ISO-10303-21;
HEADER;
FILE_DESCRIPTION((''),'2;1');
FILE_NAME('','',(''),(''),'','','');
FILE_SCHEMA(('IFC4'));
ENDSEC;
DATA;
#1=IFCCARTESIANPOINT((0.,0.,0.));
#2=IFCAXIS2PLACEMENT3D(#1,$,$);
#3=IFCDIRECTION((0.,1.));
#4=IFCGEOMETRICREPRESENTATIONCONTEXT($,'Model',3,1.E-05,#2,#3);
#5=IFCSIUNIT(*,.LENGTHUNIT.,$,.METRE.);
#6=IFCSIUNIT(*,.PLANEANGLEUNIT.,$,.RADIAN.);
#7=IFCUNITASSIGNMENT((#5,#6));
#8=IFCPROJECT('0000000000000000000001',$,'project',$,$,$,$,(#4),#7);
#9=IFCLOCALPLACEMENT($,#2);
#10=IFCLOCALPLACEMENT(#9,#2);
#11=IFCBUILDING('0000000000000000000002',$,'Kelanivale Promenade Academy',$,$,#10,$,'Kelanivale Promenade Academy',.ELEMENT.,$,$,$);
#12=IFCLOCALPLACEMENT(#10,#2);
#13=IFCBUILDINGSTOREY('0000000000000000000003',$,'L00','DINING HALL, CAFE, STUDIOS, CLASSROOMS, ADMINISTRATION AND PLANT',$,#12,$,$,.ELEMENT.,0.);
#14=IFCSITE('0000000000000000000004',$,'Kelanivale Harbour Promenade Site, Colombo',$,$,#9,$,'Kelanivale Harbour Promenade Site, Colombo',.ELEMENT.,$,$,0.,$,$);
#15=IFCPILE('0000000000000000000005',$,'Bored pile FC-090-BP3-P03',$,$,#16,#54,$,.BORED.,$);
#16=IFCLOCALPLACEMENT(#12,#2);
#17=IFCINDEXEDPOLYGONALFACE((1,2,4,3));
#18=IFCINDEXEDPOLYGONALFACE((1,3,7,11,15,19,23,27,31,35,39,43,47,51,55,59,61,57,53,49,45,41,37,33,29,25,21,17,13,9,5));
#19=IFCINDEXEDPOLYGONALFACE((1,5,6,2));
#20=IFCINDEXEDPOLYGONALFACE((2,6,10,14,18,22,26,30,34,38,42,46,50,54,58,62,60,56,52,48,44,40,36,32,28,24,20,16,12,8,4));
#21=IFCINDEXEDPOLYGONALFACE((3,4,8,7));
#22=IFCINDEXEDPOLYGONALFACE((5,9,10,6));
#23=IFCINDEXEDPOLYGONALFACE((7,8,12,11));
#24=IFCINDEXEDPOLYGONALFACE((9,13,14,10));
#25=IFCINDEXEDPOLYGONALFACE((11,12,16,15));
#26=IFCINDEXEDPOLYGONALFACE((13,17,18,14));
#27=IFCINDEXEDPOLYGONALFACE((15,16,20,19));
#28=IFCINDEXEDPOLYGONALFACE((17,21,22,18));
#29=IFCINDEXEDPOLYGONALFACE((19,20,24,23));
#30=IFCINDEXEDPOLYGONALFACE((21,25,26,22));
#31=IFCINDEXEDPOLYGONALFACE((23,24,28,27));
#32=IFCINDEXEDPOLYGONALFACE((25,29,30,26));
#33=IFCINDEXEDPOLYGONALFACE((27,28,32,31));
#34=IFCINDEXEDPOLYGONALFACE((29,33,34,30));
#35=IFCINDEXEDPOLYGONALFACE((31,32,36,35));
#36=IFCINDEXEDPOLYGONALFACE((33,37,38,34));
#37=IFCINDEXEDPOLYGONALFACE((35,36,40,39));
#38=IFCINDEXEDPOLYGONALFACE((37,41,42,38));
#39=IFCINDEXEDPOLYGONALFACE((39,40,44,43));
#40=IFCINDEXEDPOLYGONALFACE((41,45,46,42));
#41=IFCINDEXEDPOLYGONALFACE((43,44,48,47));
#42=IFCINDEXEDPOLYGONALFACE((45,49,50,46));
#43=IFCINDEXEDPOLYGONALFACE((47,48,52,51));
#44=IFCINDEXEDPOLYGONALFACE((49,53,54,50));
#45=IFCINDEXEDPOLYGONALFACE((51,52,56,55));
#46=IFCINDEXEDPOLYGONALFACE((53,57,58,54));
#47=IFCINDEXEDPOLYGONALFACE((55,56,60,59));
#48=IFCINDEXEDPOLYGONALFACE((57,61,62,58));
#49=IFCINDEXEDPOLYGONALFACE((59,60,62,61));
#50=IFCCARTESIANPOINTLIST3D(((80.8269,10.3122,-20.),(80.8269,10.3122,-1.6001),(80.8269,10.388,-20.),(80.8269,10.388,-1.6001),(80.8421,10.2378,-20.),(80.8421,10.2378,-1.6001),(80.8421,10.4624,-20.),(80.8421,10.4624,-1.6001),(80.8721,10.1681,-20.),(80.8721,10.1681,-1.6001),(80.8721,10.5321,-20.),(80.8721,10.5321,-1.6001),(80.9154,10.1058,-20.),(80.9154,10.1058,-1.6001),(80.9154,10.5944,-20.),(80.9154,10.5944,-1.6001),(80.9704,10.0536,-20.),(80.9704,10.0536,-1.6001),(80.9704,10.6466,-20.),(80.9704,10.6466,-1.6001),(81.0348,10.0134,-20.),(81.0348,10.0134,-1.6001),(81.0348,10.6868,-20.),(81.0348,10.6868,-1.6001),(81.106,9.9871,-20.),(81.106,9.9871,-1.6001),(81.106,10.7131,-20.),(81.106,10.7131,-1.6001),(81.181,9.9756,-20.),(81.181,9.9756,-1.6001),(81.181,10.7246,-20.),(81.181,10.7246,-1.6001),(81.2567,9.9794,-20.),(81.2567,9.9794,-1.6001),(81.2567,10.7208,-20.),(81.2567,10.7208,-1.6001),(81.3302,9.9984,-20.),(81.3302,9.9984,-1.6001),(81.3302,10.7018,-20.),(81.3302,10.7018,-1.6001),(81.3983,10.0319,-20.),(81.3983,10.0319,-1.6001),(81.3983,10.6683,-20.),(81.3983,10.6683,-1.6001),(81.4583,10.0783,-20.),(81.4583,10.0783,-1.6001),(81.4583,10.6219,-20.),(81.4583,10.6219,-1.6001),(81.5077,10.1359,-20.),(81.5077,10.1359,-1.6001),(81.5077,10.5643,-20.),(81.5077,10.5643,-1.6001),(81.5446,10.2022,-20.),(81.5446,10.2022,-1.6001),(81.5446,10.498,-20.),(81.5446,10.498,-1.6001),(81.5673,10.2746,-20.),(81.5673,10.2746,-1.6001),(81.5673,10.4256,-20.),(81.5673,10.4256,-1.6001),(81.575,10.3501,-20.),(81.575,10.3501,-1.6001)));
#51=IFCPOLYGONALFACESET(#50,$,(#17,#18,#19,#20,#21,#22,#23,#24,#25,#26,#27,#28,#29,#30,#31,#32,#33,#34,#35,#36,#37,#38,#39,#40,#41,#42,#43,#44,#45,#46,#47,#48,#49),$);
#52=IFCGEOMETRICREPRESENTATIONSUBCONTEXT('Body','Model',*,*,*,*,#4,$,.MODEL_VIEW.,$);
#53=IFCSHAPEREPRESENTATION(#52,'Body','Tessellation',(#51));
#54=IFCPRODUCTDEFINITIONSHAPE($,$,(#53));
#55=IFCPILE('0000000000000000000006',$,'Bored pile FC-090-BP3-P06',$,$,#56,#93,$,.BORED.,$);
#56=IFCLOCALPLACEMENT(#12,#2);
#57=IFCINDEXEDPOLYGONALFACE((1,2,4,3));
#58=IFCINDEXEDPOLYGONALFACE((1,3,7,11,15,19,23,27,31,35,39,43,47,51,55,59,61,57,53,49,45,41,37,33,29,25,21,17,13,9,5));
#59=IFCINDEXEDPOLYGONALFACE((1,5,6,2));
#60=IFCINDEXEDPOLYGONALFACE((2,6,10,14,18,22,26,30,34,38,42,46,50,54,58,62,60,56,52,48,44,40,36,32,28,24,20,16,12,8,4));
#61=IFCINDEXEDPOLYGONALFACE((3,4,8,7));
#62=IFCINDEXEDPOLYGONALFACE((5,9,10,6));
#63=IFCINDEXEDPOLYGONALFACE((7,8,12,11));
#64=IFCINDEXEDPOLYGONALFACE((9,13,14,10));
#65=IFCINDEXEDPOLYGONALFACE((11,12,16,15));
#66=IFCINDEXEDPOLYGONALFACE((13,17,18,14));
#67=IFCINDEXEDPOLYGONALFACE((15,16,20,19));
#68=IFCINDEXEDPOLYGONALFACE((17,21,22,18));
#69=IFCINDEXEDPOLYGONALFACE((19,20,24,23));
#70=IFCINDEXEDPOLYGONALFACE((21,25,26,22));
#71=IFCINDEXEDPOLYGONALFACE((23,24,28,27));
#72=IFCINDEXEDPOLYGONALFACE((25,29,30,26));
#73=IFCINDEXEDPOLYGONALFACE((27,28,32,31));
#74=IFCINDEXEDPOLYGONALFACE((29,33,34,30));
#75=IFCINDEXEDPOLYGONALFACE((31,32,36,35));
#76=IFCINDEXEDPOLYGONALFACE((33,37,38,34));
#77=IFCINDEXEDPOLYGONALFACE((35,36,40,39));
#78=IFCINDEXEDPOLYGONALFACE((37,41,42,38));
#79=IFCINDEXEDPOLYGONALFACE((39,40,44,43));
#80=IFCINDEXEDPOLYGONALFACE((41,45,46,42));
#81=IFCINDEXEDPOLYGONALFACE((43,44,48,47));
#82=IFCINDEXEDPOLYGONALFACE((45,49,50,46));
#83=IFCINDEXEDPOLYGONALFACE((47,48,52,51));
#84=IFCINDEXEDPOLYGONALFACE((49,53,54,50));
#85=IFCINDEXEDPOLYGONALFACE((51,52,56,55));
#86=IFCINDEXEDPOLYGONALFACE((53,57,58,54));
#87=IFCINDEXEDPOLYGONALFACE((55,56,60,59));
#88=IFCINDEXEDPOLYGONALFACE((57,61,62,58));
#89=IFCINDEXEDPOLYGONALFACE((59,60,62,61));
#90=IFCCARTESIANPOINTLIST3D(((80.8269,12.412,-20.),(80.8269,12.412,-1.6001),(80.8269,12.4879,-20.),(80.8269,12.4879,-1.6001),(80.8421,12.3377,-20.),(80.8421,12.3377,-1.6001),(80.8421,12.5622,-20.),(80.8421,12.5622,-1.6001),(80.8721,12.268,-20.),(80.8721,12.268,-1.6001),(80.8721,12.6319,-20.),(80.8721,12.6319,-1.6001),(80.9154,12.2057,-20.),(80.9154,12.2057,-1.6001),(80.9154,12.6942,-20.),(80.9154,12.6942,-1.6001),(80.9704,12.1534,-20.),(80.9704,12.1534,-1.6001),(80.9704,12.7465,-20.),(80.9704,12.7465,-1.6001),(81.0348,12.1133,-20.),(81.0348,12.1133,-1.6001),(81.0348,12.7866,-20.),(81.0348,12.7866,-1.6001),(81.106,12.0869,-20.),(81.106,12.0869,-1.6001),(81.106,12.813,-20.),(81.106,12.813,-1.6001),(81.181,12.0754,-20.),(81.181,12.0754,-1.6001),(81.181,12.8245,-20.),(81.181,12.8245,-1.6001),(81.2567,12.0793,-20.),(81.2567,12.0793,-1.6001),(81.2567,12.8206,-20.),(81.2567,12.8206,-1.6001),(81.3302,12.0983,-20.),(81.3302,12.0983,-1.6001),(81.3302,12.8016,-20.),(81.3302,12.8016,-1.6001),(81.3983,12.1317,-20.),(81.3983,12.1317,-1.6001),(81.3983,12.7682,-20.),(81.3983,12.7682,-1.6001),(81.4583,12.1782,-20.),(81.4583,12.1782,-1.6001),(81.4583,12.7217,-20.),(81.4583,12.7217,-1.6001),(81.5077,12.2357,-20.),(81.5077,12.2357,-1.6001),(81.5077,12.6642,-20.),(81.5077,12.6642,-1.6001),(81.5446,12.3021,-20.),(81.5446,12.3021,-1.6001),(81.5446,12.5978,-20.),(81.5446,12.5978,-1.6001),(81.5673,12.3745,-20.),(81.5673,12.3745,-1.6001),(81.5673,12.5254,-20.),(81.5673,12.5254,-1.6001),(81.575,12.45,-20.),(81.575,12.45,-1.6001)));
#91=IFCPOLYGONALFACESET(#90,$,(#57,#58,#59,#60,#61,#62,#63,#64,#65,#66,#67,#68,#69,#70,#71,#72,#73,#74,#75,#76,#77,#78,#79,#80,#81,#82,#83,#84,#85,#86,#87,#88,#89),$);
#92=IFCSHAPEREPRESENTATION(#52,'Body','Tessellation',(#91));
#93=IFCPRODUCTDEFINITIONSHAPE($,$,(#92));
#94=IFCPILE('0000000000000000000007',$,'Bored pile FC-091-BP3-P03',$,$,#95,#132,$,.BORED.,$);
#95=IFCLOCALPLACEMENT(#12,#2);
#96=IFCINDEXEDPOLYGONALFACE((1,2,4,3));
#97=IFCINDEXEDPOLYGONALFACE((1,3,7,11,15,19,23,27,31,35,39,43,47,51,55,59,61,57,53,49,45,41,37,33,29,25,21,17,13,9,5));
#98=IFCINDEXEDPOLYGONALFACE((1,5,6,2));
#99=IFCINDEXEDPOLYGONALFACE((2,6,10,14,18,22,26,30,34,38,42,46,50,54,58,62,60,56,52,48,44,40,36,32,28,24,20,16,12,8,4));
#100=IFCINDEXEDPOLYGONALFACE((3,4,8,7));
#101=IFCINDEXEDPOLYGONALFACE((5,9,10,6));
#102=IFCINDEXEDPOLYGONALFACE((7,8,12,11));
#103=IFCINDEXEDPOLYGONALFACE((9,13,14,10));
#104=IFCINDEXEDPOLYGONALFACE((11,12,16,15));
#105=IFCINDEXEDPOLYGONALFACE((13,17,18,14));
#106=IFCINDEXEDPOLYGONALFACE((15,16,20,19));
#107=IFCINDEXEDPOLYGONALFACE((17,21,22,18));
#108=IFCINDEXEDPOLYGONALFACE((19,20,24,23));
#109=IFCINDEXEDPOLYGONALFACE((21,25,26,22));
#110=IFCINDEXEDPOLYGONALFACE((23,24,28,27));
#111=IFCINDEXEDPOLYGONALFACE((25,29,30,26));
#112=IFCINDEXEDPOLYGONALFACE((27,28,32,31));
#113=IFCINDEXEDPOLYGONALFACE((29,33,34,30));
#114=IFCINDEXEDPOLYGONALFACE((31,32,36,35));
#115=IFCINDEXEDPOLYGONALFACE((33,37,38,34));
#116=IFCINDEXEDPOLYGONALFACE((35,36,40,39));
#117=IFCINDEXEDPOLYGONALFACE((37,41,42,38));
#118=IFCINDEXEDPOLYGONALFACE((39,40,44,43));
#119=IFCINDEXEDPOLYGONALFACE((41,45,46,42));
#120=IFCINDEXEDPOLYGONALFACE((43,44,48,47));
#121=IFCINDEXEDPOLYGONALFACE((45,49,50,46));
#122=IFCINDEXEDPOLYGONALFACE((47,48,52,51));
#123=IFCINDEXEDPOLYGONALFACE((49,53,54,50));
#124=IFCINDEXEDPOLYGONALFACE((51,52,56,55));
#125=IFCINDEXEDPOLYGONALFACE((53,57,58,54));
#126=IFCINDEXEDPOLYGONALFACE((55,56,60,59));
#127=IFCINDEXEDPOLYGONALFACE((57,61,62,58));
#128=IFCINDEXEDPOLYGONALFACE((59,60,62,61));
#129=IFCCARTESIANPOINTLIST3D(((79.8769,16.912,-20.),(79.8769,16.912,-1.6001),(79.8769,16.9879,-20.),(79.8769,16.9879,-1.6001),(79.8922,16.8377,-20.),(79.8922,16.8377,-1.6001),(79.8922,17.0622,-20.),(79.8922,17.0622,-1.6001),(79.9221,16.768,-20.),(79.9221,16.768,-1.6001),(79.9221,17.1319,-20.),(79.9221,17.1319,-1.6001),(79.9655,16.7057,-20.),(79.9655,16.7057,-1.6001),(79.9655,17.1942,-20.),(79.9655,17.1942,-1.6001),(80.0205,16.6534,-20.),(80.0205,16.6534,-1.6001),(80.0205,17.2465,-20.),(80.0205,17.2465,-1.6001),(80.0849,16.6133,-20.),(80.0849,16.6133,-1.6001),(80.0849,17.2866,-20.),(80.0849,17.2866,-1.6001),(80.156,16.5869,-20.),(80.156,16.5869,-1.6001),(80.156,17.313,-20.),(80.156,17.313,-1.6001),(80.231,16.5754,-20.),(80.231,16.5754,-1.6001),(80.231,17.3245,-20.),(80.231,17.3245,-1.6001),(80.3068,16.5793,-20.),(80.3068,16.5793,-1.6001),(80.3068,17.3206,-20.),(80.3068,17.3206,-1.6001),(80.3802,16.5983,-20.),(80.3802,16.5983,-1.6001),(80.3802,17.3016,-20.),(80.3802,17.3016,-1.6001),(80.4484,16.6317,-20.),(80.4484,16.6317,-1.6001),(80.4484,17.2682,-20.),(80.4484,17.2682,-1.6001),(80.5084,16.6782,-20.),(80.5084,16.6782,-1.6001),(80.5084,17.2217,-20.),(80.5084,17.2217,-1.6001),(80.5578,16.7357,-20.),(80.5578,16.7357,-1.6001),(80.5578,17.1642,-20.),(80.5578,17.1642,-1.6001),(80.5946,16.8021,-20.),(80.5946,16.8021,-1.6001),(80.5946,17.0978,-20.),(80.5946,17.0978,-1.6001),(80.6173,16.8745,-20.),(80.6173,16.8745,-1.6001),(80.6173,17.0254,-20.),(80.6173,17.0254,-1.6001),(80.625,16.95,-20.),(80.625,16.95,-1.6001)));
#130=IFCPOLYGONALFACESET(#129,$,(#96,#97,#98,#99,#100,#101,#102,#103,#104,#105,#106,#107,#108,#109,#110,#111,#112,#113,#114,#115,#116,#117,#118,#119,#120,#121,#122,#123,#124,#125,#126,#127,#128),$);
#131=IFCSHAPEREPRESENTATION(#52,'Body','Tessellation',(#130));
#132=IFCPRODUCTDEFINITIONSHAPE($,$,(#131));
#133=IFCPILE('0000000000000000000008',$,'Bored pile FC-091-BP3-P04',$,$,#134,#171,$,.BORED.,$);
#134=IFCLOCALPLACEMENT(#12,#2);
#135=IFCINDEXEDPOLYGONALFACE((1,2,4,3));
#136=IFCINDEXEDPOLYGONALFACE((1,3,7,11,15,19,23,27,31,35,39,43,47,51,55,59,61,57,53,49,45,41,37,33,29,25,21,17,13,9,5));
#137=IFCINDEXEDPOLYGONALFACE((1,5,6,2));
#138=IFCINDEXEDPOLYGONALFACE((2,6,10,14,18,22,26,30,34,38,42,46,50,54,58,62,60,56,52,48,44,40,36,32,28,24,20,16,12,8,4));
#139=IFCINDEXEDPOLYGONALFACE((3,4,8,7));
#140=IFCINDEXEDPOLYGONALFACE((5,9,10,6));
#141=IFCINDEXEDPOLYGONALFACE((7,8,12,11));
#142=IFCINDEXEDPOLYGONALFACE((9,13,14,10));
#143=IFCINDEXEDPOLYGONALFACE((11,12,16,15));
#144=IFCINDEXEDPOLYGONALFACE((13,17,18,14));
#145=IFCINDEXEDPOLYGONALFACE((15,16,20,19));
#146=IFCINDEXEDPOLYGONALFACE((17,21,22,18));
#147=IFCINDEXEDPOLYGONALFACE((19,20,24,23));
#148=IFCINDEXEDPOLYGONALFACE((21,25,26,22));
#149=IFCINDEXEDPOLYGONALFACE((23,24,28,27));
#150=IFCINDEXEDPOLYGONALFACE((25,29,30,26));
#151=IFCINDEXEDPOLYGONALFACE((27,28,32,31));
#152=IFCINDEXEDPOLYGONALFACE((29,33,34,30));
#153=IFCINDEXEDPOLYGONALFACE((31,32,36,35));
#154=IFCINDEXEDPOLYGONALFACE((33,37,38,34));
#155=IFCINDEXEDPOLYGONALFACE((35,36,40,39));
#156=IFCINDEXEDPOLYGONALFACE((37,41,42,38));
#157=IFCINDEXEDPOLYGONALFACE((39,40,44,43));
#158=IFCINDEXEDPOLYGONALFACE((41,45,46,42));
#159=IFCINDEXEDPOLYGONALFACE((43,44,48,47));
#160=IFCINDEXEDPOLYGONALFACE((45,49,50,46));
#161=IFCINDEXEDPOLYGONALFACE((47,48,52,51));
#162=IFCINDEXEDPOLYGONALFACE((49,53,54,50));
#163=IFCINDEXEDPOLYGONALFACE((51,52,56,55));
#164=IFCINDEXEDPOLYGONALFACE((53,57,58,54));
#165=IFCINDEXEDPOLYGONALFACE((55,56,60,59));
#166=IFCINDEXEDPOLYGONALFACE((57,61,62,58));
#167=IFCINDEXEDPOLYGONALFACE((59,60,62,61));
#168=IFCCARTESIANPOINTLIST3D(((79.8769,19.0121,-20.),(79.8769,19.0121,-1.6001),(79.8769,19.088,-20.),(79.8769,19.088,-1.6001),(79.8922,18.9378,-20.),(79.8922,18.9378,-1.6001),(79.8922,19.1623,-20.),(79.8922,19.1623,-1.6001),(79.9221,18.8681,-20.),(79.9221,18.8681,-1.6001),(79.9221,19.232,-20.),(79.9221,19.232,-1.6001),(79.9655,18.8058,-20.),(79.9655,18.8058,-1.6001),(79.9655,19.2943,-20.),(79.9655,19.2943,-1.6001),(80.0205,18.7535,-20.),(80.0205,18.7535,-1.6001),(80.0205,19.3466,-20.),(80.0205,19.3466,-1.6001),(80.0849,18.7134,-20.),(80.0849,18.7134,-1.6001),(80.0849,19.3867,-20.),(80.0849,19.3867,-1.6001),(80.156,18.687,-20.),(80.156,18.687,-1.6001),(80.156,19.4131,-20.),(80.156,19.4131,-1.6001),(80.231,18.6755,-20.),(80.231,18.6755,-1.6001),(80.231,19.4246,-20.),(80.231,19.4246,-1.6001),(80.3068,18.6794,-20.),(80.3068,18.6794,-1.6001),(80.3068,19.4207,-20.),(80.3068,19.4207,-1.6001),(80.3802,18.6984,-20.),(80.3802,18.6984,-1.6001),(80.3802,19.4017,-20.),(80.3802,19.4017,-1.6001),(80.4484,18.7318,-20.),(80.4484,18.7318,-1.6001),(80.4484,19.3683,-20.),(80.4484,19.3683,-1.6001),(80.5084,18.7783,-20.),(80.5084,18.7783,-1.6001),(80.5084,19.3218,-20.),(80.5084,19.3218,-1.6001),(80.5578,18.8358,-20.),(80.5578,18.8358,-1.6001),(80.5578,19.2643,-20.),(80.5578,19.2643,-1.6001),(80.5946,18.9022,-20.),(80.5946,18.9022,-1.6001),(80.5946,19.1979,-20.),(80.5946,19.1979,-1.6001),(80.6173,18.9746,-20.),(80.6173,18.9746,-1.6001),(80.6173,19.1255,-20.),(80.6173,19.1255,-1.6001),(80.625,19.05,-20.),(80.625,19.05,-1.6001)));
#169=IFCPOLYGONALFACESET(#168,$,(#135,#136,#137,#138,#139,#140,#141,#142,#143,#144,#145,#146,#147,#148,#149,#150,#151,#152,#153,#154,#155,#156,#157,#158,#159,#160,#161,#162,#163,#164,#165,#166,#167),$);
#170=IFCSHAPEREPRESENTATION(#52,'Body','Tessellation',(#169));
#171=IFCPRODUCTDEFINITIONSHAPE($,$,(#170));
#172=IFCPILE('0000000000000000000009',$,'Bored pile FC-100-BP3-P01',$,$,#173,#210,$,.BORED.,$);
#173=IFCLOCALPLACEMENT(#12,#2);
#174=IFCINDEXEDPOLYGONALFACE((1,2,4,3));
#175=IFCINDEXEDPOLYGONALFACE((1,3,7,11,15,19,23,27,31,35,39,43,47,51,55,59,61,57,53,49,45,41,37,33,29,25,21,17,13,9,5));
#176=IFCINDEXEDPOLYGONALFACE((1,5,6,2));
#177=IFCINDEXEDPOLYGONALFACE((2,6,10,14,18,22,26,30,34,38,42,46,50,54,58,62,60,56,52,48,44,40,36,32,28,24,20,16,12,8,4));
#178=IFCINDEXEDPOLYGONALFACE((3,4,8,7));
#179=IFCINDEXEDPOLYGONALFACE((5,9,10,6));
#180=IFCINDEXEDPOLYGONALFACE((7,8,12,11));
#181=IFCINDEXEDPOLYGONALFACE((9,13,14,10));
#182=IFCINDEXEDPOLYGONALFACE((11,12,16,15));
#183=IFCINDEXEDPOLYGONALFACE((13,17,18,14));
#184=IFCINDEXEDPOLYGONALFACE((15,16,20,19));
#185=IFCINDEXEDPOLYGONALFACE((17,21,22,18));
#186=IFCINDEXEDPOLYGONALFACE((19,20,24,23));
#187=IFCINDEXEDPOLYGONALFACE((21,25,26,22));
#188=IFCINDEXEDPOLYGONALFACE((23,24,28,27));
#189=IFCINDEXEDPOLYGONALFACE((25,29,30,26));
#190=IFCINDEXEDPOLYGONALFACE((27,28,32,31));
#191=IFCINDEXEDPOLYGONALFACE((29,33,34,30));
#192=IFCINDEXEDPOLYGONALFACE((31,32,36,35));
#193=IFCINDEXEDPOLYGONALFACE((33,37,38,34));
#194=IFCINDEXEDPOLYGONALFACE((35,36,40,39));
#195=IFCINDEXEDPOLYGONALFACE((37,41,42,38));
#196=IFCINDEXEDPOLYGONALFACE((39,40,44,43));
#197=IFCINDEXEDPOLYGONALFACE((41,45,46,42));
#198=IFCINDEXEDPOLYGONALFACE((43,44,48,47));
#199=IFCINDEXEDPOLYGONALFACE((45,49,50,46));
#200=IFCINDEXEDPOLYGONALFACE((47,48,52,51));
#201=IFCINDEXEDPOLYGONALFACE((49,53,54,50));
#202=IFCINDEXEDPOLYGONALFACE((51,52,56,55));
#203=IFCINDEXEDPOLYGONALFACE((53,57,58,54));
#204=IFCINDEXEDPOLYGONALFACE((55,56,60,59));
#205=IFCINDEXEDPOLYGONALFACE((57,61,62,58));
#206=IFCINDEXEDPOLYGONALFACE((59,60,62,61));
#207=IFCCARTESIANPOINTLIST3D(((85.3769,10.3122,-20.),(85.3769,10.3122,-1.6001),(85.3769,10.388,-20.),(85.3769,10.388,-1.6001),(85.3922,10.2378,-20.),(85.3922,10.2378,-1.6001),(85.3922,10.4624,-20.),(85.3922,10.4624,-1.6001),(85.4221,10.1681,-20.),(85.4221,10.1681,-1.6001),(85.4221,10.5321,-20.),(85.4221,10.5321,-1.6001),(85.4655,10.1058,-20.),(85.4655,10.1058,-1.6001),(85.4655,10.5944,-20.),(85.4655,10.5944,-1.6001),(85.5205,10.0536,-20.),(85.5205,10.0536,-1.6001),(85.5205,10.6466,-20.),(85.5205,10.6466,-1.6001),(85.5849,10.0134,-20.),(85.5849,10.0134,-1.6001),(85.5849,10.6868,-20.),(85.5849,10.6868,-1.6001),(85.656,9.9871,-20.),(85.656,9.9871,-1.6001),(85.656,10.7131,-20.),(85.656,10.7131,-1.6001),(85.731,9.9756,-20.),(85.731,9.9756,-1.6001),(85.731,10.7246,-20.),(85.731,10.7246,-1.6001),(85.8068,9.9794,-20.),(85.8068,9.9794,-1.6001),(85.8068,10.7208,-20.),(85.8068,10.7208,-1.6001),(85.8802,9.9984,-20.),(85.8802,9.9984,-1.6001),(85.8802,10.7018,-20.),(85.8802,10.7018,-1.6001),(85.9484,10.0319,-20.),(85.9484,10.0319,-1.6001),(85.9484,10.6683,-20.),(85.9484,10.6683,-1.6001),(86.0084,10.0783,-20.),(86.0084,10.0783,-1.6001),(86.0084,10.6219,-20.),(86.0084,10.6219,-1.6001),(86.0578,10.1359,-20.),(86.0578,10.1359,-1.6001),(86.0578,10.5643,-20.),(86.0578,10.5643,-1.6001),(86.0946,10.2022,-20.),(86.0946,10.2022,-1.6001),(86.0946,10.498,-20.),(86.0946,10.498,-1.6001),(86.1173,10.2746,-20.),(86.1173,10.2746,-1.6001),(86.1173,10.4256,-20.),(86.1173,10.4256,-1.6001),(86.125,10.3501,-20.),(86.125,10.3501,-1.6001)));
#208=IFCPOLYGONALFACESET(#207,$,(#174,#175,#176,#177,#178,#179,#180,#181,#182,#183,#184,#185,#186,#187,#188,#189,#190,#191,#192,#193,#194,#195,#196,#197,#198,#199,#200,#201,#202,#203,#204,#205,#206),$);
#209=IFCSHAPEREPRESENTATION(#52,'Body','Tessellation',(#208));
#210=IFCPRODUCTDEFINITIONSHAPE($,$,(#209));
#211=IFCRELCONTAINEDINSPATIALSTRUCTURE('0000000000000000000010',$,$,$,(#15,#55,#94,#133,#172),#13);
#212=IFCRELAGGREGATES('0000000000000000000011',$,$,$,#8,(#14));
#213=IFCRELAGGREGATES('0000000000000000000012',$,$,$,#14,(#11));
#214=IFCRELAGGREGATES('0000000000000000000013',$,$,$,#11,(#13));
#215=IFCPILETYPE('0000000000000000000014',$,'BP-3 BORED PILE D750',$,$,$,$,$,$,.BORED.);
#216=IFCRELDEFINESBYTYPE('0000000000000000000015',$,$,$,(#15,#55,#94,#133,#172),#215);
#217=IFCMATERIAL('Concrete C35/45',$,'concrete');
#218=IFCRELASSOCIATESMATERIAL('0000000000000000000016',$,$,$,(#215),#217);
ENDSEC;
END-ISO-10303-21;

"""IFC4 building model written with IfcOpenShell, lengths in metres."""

from ifc_helpers import new_model, si_unit, direction, frame, origin, origin_2d, place, context, subcontext, project, spatial, circle, extrude, material, material_profile, profile_set, type_object, element, save


model = new_model("IFC4")

# Units and contexts
model_context = context("Model", 3, precision=1e-05, world=origin(), true_north=direction((0.0, 1.0)))
body_context = subcontext(model_context, "Body", "Model", "MODEL_VIEW")
ifc_project = project(units=[si_unit("LENGTHUNIT", "METRE"), si_unit("PLANEANGLEUNIT", "RADIAN")], contexts=[model_context])

# Site, building, storey
site_placement = place(None, origin())
site = spatial("IfcSite", under=ifc_project, at=site_placement, Name="Kelanivale Harbour Promenade Site, Colombo", LongName="Kelanivale Harbour Promenade Site, Colombo", CompositionType="ELEMENT", RefElevation=0.0)
building_placement = place(site_placement, origin())
building = spatial("IfcBuilding", under=site, at=building_placement, Name="Kelanivale Promenade Academy", LongName="Kelanivale Promenade Academy", CompositionType="ELEMENT")
storey_placement = place(building_placement, origin())
storey = spatial("IfcBuildingStorey", under=building, at=storey_placement, Name="L00", Description="DINING HALL, CAFE, STUDIOS, CLASSROOMS, ADMINISTRATION AND PLANT", CompositionType="ELEMENT", Elevation=0.0)

# Piles
ifc_material_1 = material(Name="Concrete C35/45", Category="concrete")
ifc_material_profile_1 = material_profile(ifc_material_1, circle(Radius=0.375, at=origin_2d()), Name="BORED PILE D750")
ifc_profile_set_1 = profile_set([ifc_material_profile_1], Name="Concrete C35/45")
pile_type = type_object("IfcPileType", Name="BP-3 BORED PILE D750", PredefinedType="BORED", material=ifc_profile_set_1)
for number, where, z_axis, x_axis, name in (
    (1, (81.2, 10.3501, -1.6001), (0.0, 0.0, -1.0), (1.0, 0.0, 0.0), "Bored pile FC-090-BP3-P03"),
    (2, (81.2, 12.45, -1.6001), (0.0, 0.0, -1.0), (1.0, 0.0, 0.0), "Bored pile FC-090-BP3-P06"),
    (3, (80.25, 16.95, -1.6001), (0.0, 0.0, -1.0), (1.0, 0.0, 0.0), "Bored pile FC-091-BP3-P03"),
    (4, (80.25, 19.05, -1.6001), (0.0, 0.0, -1.0), (1.0, 0.0, 0.0), "Bored pile FC-091-BP3-P04"),
    (5, (85.75, 10.3501, -1.6001), (0.0, 0.0, -1.0), (1.0, 0.0, 0.0), "Bored pile FC-100-BP3-P01"),
):
    element("IfcPile", number, at=place(storey_placement, frame(where, z_axis=z_axis, x_axis=x_axis)), inside=storey, type_object=pile_type, Name=name, PredefinedType="BORED", context=body_context, shape_type="SweptSolid", body=[
        extrude(circle(Radius=0.375, at=origin_2d()), origin(), (0.0, 0.0, 1.0), 18.3999),
    ])

save(model, "model.ifc")
